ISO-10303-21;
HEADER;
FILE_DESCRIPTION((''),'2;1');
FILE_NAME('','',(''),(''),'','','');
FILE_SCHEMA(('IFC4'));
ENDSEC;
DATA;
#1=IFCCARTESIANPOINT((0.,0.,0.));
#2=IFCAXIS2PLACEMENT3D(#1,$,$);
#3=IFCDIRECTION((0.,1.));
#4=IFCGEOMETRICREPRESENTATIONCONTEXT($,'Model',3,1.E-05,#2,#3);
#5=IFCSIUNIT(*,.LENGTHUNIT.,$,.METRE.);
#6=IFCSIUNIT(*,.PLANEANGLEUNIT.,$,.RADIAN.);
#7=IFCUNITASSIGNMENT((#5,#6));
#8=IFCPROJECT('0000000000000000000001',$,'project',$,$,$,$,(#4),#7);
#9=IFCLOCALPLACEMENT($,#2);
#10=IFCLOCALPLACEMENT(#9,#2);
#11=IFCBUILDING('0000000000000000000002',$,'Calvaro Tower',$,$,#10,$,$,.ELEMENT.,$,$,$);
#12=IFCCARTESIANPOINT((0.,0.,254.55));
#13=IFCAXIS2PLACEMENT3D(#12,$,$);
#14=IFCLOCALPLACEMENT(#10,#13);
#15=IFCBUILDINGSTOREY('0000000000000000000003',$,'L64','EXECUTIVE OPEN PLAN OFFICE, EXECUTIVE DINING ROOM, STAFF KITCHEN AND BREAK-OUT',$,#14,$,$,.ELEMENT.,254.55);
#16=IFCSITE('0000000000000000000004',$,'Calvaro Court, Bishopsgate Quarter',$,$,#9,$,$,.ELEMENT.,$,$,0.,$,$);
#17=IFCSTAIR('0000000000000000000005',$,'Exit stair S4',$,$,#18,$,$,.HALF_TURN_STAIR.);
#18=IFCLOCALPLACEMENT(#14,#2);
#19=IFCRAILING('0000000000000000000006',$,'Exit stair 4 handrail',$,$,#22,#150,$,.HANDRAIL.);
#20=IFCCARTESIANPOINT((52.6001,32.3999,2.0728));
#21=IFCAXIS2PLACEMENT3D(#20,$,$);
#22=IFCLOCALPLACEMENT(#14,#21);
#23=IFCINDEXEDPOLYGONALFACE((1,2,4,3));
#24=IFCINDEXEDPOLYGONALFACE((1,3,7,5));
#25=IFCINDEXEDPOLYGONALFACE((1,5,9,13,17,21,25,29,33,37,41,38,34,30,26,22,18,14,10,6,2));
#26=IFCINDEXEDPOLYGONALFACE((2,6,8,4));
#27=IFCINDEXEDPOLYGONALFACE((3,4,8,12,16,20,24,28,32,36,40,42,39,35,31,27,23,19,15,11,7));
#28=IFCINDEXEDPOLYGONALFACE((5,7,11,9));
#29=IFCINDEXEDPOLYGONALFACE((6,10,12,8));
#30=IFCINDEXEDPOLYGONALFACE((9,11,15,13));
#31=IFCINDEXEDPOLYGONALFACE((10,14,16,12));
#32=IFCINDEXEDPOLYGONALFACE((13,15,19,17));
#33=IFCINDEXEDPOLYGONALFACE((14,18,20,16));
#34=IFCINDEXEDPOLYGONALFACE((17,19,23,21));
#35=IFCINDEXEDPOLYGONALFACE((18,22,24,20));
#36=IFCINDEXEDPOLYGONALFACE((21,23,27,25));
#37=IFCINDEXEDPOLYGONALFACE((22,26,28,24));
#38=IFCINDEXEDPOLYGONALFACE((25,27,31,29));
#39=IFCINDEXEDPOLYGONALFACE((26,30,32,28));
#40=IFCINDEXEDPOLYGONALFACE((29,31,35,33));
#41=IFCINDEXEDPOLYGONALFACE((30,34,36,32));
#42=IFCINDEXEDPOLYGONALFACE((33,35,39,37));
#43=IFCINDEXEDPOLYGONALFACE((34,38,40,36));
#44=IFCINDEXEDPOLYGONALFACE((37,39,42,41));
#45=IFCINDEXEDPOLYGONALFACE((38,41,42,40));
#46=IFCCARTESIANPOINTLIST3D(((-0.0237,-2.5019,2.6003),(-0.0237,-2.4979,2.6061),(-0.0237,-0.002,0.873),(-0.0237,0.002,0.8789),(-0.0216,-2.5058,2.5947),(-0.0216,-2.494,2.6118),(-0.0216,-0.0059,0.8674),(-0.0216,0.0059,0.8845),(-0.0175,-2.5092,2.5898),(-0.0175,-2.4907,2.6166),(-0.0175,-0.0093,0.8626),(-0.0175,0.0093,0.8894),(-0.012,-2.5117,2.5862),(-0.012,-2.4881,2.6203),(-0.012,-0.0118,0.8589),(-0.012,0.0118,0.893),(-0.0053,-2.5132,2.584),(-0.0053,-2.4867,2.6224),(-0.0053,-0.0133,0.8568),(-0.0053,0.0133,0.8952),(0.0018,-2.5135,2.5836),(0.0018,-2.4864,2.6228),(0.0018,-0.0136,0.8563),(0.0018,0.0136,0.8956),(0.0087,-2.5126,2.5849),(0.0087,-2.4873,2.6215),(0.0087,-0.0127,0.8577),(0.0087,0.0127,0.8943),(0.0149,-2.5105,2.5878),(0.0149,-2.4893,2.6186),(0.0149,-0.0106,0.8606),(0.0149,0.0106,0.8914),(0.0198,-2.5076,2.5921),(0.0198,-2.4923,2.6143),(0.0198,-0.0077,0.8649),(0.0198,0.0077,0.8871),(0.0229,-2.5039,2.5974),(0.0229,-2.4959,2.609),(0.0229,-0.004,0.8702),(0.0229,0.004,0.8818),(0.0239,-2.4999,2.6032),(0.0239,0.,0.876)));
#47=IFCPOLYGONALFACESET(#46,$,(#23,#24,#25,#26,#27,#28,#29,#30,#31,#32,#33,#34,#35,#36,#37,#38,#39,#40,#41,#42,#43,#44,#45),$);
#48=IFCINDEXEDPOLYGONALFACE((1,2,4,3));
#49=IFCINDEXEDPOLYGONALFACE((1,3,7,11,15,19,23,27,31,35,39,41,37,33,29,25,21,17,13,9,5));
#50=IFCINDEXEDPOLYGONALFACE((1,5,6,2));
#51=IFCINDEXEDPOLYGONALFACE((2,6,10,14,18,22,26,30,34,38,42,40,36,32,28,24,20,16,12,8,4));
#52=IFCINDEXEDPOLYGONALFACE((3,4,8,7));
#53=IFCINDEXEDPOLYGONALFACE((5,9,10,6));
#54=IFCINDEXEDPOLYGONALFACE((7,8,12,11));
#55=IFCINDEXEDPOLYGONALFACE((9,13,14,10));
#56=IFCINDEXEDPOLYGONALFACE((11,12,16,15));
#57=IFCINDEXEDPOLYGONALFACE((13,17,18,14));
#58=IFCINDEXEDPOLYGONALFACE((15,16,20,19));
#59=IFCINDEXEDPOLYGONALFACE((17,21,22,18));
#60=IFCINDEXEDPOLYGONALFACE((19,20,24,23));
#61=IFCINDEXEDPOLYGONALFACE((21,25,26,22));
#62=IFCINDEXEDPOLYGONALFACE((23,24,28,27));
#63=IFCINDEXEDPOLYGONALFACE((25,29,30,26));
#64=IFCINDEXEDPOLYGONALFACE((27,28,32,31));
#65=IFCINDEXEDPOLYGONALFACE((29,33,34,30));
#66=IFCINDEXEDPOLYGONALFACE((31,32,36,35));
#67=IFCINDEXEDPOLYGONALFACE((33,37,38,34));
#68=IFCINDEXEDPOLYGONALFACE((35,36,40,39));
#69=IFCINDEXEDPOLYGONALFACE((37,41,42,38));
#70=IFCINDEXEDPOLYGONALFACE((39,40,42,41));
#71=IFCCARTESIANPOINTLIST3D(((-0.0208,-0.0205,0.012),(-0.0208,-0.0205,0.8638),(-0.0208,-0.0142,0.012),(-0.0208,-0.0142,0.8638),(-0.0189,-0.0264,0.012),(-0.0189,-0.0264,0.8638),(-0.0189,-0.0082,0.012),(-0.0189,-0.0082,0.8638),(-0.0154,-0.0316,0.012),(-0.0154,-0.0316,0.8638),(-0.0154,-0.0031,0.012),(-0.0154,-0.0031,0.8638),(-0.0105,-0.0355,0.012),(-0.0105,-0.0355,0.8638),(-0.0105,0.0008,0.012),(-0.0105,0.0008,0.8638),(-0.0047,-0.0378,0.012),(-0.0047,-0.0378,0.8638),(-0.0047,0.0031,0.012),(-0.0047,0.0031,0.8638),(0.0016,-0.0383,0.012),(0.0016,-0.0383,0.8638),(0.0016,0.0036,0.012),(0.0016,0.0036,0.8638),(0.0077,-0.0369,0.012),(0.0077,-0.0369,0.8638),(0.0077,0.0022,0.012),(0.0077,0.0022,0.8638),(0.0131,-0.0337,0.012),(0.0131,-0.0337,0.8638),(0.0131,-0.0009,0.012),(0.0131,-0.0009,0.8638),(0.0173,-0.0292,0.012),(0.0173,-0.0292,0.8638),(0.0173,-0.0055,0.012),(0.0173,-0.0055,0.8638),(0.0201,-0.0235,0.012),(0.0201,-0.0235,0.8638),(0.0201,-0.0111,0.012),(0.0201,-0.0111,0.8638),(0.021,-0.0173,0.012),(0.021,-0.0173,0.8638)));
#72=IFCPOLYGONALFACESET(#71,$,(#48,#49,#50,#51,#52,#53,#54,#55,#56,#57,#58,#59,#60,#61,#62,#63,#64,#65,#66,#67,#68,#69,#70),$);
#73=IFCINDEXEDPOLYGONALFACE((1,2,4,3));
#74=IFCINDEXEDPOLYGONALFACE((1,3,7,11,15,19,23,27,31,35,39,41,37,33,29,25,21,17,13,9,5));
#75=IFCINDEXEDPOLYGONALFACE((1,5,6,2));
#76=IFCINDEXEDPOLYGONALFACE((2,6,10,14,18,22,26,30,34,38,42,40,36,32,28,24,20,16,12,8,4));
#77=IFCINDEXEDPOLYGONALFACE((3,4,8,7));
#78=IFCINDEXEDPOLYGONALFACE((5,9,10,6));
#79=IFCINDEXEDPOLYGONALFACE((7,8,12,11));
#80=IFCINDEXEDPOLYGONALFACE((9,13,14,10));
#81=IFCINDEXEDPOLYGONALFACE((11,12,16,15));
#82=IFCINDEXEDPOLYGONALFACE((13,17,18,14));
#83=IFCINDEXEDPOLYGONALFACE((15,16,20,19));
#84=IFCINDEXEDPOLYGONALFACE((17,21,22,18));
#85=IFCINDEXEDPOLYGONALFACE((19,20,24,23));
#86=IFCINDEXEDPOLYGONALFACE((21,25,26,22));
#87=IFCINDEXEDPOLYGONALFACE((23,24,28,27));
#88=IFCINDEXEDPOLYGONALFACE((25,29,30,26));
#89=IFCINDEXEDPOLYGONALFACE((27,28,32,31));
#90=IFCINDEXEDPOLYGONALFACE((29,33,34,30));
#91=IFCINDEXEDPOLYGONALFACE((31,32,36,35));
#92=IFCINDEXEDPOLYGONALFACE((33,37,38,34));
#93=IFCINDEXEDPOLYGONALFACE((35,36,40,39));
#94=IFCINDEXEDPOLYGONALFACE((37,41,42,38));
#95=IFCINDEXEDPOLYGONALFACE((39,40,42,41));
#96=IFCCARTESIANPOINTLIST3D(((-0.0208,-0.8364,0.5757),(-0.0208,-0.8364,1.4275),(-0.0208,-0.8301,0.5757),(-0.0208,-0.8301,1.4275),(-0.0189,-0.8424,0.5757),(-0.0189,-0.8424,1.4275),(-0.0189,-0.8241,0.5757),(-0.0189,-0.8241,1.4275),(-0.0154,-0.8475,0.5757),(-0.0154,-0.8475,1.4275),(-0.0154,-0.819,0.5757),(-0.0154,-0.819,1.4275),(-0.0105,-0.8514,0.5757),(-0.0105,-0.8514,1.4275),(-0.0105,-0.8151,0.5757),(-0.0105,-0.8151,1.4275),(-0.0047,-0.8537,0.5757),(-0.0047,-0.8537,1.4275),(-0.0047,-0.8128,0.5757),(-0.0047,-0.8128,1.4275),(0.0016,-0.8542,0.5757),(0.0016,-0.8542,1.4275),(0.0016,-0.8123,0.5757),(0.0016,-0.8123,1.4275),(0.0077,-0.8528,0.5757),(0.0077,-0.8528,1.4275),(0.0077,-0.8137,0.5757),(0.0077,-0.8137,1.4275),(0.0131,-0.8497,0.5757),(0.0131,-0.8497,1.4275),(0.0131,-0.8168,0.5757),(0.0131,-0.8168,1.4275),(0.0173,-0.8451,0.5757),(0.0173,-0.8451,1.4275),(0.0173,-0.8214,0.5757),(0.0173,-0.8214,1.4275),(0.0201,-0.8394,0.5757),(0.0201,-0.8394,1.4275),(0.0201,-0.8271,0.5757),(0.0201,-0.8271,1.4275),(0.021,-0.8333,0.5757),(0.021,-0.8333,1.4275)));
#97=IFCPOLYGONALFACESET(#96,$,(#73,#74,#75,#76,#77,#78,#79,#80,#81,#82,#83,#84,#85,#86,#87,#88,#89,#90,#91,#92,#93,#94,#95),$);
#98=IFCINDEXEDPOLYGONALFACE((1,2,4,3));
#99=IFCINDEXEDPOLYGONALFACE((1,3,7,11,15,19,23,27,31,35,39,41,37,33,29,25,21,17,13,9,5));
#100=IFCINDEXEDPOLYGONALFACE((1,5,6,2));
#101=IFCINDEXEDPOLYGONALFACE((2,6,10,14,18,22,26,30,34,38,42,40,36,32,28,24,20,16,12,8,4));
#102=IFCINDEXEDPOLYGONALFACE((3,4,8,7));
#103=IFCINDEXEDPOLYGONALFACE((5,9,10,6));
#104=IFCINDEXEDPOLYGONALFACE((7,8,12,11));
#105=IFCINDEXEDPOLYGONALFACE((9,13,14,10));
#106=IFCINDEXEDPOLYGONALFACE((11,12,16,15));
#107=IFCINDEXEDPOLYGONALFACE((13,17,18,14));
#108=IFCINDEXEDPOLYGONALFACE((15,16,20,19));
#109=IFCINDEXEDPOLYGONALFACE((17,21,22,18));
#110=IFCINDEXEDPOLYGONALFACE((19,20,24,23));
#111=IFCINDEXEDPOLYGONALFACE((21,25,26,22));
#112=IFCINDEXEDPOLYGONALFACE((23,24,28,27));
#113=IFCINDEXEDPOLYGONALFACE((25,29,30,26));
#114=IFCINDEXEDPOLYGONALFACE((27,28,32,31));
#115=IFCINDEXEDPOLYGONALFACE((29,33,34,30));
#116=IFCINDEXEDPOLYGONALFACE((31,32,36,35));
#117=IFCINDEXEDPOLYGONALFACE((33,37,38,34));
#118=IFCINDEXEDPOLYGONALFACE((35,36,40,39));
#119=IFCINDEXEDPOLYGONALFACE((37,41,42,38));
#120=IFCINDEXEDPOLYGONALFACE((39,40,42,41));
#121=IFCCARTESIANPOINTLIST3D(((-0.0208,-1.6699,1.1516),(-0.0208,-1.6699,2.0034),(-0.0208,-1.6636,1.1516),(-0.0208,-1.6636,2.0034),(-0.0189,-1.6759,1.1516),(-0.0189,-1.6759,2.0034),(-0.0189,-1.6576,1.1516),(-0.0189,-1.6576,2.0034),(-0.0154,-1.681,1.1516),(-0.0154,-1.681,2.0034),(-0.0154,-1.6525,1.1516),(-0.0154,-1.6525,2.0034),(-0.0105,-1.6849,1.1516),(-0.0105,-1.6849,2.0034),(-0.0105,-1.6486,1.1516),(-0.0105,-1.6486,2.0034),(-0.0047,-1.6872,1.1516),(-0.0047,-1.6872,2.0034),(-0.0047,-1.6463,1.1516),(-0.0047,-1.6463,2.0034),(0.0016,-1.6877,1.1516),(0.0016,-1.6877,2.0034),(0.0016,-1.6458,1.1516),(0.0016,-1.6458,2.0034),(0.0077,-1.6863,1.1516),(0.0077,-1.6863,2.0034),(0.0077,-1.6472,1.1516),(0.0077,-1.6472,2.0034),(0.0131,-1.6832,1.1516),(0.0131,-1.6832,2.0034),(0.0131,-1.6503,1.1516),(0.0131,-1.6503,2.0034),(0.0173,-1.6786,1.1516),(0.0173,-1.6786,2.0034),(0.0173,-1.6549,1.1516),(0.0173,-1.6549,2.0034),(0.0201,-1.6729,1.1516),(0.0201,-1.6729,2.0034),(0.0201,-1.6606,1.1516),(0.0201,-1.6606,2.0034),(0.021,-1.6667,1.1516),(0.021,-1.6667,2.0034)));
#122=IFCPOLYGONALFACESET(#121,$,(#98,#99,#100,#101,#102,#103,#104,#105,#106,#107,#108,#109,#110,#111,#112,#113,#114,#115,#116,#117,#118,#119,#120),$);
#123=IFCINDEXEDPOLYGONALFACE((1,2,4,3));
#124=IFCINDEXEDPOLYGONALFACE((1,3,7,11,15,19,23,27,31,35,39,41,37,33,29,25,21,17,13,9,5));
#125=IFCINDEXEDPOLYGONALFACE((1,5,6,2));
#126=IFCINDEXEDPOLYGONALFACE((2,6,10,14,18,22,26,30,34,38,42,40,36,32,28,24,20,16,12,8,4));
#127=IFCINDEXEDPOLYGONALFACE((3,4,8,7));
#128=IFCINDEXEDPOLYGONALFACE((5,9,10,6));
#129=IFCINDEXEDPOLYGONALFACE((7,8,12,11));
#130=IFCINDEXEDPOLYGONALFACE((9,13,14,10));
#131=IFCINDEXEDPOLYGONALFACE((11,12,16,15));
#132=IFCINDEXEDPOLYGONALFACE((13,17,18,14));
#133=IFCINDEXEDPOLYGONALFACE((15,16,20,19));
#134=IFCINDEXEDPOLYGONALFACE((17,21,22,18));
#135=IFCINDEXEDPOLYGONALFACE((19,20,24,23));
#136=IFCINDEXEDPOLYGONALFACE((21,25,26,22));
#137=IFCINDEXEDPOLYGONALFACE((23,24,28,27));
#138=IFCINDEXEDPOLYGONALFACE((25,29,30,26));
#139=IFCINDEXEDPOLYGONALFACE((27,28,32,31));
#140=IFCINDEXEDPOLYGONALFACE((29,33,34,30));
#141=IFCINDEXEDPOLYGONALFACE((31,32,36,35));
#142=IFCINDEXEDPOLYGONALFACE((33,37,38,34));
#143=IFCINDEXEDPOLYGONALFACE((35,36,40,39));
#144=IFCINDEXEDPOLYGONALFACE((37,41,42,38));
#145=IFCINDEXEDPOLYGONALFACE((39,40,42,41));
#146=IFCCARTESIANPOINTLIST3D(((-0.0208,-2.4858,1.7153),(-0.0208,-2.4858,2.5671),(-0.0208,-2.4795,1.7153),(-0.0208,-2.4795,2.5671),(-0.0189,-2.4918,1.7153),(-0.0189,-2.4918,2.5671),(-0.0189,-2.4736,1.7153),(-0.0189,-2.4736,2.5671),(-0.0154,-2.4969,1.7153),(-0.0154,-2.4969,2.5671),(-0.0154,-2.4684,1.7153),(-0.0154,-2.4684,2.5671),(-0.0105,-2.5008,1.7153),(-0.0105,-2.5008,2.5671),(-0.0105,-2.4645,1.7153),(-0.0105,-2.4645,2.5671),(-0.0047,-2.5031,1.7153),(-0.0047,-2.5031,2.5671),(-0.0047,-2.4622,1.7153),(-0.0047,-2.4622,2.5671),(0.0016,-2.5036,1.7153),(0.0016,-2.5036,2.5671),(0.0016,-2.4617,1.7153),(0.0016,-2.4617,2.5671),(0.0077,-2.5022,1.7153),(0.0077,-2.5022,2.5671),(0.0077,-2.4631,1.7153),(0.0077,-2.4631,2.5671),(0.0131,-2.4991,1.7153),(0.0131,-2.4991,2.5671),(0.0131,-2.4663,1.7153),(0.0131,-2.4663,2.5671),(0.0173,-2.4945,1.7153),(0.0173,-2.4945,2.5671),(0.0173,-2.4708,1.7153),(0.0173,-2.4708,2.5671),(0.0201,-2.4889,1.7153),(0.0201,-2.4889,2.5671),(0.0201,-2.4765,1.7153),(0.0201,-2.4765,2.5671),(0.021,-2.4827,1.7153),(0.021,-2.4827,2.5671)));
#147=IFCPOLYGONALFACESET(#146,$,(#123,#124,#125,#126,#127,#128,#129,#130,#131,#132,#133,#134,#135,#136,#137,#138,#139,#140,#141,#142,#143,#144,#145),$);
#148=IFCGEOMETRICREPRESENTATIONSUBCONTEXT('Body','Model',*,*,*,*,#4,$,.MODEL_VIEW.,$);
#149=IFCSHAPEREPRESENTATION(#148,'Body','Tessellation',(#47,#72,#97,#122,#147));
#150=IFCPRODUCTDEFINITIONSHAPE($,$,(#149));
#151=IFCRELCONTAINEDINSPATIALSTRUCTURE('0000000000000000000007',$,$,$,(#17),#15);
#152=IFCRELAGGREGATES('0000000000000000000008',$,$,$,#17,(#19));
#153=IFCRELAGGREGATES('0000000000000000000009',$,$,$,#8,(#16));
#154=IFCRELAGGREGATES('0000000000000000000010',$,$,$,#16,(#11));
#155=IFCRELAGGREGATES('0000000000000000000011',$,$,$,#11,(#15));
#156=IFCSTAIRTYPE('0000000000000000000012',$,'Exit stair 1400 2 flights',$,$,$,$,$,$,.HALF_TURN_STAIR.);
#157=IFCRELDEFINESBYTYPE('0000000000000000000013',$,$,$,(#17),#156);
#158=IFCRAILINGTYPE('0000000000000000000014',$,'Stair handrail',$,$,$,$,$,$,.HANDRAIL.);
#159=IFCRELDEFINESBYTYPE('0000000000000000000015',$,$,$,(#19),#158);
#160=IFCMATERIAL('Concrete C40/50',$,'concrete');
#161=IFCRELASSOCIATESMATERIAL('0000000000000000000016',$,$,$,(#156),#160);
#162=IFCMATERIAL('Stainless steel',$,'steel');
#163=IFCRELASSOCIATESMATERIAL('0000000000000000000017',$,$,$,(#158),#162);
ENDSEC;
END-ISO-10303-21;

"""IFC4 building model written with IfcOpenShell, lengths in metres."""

from ifc_helpers import new_model, si_unit, direction, frame, origin, origin_2d, place, context, subcontext, project, spatial, circle, extrude, material, type_object, element, aggregate, save


model = new_model("IFC4")

# Units and contexts
model_context = context("Model", 3, precision=1e-05, world=origin(), true_north=direction((0.0, 1.0)))
body_context = subcontext(model_context, "Body", "Model", "MODEL_VIEW")
ifc_project = project(units=[si_unit("LENGTHUNIT", "METRE"), si_unit("PLANEANGLEUNIT", "RADIAN")], contexts=[model_context])

# Site, building, storey
site_placement = place(None, origin())
site = spatial("IfcSite", under=ifc_project, at=site_placement, Name="Calvaro Court, Bishopsgate Quarter", CompositionType="ELEMENT", RefElevation=0.0)
building_placement = place(site_placement, origin())
building = spatial("IfcBuilding", under=site, at=building_placement, Name="Calvaro Tower", CompositionType="ELEMENT")
storey_placement = place(building_placement, frame((0.0, 0.0, 254.55)))
storey = spatial("IfcBuildingStorey", under=building, at=storey_placement, Name="L64", Description="EXECUTIVE OPEN PLAN OFFICE, EXECUTIVE DINING ROOM, STAFF KITCHEN AND BREAK-OUT", CompositionType="ELEMENT", Elevation=254.55)

# Stair
ifc_material_1 = material(Name="Concrete C40/50", Category="concrete")
stair_type = type_object("IfcStairType", Name="Exit stair 1400 2 flights", PredefinedType="HALF_TURN_STAIR", material=ifc_material_1)
stair_1_placement = place(storey_placement, origin())
stair_1 = element("IfcStair", 1, at=stair_1_placement, inside=storey, type_object=stair_type, Name="Exit stair S4", PredefinedType="HALF_TURN_STAIR")

# Railing
ifc_material_2 = material(Name="Stainless steel", Category="steel")
railing_type = type_object("IfcRailingType", Name="Stair handrail", PredefinedType="HANDRAIL", material=ifc_material_2)
railing_1_placement = place(storey_placement, frame((52.6001, 32.3999, 2.0728)))
railing_1 = element("IfcRailing", 2, at=railing_1_placement, type_object=railing_type, Name="Exit stair 4 handrail", PredefinedType="HANDRAIL", context=body_context, shape_type="SweptSolid", body=[
    extrude(circle(Radius=0.0239, at=origin_2d()), frame((0.0, 0.0, 0.876), z_axis=(0.0, -0.822727, 0.568437), x_axis=(1.0, 0.0, 0.0)), (0.0, 0.0, 1.0), 3.0386),
    extrude(circle(Radius=0.021, at=origin_2d()), frame((0.0, -0.0173, 0.012)), (0.0, 0.0, 1.0), 0.8518),
    extrude(circle(Radius=0.021, at=origin_2d()), frame((0.0, -0.8333, 0.5757)), (0.0, 0.0, 1.0), 0.8518),
    extrude(circle(Radius=0.021, at=origin_2d()), frame((0.0, -1.6667, 1.1516)), (0.0, 0.0, 1.0), 0.8518),
    extrude(circle(Radius=0.021, at=origin_2d()), frame((0.0, -2.4827, 1.7153)), (0.0, 0.0, 1.0), 0.8518),
])
aggregate(stair_1, [railing_1])

save(model, "model.ifc")
